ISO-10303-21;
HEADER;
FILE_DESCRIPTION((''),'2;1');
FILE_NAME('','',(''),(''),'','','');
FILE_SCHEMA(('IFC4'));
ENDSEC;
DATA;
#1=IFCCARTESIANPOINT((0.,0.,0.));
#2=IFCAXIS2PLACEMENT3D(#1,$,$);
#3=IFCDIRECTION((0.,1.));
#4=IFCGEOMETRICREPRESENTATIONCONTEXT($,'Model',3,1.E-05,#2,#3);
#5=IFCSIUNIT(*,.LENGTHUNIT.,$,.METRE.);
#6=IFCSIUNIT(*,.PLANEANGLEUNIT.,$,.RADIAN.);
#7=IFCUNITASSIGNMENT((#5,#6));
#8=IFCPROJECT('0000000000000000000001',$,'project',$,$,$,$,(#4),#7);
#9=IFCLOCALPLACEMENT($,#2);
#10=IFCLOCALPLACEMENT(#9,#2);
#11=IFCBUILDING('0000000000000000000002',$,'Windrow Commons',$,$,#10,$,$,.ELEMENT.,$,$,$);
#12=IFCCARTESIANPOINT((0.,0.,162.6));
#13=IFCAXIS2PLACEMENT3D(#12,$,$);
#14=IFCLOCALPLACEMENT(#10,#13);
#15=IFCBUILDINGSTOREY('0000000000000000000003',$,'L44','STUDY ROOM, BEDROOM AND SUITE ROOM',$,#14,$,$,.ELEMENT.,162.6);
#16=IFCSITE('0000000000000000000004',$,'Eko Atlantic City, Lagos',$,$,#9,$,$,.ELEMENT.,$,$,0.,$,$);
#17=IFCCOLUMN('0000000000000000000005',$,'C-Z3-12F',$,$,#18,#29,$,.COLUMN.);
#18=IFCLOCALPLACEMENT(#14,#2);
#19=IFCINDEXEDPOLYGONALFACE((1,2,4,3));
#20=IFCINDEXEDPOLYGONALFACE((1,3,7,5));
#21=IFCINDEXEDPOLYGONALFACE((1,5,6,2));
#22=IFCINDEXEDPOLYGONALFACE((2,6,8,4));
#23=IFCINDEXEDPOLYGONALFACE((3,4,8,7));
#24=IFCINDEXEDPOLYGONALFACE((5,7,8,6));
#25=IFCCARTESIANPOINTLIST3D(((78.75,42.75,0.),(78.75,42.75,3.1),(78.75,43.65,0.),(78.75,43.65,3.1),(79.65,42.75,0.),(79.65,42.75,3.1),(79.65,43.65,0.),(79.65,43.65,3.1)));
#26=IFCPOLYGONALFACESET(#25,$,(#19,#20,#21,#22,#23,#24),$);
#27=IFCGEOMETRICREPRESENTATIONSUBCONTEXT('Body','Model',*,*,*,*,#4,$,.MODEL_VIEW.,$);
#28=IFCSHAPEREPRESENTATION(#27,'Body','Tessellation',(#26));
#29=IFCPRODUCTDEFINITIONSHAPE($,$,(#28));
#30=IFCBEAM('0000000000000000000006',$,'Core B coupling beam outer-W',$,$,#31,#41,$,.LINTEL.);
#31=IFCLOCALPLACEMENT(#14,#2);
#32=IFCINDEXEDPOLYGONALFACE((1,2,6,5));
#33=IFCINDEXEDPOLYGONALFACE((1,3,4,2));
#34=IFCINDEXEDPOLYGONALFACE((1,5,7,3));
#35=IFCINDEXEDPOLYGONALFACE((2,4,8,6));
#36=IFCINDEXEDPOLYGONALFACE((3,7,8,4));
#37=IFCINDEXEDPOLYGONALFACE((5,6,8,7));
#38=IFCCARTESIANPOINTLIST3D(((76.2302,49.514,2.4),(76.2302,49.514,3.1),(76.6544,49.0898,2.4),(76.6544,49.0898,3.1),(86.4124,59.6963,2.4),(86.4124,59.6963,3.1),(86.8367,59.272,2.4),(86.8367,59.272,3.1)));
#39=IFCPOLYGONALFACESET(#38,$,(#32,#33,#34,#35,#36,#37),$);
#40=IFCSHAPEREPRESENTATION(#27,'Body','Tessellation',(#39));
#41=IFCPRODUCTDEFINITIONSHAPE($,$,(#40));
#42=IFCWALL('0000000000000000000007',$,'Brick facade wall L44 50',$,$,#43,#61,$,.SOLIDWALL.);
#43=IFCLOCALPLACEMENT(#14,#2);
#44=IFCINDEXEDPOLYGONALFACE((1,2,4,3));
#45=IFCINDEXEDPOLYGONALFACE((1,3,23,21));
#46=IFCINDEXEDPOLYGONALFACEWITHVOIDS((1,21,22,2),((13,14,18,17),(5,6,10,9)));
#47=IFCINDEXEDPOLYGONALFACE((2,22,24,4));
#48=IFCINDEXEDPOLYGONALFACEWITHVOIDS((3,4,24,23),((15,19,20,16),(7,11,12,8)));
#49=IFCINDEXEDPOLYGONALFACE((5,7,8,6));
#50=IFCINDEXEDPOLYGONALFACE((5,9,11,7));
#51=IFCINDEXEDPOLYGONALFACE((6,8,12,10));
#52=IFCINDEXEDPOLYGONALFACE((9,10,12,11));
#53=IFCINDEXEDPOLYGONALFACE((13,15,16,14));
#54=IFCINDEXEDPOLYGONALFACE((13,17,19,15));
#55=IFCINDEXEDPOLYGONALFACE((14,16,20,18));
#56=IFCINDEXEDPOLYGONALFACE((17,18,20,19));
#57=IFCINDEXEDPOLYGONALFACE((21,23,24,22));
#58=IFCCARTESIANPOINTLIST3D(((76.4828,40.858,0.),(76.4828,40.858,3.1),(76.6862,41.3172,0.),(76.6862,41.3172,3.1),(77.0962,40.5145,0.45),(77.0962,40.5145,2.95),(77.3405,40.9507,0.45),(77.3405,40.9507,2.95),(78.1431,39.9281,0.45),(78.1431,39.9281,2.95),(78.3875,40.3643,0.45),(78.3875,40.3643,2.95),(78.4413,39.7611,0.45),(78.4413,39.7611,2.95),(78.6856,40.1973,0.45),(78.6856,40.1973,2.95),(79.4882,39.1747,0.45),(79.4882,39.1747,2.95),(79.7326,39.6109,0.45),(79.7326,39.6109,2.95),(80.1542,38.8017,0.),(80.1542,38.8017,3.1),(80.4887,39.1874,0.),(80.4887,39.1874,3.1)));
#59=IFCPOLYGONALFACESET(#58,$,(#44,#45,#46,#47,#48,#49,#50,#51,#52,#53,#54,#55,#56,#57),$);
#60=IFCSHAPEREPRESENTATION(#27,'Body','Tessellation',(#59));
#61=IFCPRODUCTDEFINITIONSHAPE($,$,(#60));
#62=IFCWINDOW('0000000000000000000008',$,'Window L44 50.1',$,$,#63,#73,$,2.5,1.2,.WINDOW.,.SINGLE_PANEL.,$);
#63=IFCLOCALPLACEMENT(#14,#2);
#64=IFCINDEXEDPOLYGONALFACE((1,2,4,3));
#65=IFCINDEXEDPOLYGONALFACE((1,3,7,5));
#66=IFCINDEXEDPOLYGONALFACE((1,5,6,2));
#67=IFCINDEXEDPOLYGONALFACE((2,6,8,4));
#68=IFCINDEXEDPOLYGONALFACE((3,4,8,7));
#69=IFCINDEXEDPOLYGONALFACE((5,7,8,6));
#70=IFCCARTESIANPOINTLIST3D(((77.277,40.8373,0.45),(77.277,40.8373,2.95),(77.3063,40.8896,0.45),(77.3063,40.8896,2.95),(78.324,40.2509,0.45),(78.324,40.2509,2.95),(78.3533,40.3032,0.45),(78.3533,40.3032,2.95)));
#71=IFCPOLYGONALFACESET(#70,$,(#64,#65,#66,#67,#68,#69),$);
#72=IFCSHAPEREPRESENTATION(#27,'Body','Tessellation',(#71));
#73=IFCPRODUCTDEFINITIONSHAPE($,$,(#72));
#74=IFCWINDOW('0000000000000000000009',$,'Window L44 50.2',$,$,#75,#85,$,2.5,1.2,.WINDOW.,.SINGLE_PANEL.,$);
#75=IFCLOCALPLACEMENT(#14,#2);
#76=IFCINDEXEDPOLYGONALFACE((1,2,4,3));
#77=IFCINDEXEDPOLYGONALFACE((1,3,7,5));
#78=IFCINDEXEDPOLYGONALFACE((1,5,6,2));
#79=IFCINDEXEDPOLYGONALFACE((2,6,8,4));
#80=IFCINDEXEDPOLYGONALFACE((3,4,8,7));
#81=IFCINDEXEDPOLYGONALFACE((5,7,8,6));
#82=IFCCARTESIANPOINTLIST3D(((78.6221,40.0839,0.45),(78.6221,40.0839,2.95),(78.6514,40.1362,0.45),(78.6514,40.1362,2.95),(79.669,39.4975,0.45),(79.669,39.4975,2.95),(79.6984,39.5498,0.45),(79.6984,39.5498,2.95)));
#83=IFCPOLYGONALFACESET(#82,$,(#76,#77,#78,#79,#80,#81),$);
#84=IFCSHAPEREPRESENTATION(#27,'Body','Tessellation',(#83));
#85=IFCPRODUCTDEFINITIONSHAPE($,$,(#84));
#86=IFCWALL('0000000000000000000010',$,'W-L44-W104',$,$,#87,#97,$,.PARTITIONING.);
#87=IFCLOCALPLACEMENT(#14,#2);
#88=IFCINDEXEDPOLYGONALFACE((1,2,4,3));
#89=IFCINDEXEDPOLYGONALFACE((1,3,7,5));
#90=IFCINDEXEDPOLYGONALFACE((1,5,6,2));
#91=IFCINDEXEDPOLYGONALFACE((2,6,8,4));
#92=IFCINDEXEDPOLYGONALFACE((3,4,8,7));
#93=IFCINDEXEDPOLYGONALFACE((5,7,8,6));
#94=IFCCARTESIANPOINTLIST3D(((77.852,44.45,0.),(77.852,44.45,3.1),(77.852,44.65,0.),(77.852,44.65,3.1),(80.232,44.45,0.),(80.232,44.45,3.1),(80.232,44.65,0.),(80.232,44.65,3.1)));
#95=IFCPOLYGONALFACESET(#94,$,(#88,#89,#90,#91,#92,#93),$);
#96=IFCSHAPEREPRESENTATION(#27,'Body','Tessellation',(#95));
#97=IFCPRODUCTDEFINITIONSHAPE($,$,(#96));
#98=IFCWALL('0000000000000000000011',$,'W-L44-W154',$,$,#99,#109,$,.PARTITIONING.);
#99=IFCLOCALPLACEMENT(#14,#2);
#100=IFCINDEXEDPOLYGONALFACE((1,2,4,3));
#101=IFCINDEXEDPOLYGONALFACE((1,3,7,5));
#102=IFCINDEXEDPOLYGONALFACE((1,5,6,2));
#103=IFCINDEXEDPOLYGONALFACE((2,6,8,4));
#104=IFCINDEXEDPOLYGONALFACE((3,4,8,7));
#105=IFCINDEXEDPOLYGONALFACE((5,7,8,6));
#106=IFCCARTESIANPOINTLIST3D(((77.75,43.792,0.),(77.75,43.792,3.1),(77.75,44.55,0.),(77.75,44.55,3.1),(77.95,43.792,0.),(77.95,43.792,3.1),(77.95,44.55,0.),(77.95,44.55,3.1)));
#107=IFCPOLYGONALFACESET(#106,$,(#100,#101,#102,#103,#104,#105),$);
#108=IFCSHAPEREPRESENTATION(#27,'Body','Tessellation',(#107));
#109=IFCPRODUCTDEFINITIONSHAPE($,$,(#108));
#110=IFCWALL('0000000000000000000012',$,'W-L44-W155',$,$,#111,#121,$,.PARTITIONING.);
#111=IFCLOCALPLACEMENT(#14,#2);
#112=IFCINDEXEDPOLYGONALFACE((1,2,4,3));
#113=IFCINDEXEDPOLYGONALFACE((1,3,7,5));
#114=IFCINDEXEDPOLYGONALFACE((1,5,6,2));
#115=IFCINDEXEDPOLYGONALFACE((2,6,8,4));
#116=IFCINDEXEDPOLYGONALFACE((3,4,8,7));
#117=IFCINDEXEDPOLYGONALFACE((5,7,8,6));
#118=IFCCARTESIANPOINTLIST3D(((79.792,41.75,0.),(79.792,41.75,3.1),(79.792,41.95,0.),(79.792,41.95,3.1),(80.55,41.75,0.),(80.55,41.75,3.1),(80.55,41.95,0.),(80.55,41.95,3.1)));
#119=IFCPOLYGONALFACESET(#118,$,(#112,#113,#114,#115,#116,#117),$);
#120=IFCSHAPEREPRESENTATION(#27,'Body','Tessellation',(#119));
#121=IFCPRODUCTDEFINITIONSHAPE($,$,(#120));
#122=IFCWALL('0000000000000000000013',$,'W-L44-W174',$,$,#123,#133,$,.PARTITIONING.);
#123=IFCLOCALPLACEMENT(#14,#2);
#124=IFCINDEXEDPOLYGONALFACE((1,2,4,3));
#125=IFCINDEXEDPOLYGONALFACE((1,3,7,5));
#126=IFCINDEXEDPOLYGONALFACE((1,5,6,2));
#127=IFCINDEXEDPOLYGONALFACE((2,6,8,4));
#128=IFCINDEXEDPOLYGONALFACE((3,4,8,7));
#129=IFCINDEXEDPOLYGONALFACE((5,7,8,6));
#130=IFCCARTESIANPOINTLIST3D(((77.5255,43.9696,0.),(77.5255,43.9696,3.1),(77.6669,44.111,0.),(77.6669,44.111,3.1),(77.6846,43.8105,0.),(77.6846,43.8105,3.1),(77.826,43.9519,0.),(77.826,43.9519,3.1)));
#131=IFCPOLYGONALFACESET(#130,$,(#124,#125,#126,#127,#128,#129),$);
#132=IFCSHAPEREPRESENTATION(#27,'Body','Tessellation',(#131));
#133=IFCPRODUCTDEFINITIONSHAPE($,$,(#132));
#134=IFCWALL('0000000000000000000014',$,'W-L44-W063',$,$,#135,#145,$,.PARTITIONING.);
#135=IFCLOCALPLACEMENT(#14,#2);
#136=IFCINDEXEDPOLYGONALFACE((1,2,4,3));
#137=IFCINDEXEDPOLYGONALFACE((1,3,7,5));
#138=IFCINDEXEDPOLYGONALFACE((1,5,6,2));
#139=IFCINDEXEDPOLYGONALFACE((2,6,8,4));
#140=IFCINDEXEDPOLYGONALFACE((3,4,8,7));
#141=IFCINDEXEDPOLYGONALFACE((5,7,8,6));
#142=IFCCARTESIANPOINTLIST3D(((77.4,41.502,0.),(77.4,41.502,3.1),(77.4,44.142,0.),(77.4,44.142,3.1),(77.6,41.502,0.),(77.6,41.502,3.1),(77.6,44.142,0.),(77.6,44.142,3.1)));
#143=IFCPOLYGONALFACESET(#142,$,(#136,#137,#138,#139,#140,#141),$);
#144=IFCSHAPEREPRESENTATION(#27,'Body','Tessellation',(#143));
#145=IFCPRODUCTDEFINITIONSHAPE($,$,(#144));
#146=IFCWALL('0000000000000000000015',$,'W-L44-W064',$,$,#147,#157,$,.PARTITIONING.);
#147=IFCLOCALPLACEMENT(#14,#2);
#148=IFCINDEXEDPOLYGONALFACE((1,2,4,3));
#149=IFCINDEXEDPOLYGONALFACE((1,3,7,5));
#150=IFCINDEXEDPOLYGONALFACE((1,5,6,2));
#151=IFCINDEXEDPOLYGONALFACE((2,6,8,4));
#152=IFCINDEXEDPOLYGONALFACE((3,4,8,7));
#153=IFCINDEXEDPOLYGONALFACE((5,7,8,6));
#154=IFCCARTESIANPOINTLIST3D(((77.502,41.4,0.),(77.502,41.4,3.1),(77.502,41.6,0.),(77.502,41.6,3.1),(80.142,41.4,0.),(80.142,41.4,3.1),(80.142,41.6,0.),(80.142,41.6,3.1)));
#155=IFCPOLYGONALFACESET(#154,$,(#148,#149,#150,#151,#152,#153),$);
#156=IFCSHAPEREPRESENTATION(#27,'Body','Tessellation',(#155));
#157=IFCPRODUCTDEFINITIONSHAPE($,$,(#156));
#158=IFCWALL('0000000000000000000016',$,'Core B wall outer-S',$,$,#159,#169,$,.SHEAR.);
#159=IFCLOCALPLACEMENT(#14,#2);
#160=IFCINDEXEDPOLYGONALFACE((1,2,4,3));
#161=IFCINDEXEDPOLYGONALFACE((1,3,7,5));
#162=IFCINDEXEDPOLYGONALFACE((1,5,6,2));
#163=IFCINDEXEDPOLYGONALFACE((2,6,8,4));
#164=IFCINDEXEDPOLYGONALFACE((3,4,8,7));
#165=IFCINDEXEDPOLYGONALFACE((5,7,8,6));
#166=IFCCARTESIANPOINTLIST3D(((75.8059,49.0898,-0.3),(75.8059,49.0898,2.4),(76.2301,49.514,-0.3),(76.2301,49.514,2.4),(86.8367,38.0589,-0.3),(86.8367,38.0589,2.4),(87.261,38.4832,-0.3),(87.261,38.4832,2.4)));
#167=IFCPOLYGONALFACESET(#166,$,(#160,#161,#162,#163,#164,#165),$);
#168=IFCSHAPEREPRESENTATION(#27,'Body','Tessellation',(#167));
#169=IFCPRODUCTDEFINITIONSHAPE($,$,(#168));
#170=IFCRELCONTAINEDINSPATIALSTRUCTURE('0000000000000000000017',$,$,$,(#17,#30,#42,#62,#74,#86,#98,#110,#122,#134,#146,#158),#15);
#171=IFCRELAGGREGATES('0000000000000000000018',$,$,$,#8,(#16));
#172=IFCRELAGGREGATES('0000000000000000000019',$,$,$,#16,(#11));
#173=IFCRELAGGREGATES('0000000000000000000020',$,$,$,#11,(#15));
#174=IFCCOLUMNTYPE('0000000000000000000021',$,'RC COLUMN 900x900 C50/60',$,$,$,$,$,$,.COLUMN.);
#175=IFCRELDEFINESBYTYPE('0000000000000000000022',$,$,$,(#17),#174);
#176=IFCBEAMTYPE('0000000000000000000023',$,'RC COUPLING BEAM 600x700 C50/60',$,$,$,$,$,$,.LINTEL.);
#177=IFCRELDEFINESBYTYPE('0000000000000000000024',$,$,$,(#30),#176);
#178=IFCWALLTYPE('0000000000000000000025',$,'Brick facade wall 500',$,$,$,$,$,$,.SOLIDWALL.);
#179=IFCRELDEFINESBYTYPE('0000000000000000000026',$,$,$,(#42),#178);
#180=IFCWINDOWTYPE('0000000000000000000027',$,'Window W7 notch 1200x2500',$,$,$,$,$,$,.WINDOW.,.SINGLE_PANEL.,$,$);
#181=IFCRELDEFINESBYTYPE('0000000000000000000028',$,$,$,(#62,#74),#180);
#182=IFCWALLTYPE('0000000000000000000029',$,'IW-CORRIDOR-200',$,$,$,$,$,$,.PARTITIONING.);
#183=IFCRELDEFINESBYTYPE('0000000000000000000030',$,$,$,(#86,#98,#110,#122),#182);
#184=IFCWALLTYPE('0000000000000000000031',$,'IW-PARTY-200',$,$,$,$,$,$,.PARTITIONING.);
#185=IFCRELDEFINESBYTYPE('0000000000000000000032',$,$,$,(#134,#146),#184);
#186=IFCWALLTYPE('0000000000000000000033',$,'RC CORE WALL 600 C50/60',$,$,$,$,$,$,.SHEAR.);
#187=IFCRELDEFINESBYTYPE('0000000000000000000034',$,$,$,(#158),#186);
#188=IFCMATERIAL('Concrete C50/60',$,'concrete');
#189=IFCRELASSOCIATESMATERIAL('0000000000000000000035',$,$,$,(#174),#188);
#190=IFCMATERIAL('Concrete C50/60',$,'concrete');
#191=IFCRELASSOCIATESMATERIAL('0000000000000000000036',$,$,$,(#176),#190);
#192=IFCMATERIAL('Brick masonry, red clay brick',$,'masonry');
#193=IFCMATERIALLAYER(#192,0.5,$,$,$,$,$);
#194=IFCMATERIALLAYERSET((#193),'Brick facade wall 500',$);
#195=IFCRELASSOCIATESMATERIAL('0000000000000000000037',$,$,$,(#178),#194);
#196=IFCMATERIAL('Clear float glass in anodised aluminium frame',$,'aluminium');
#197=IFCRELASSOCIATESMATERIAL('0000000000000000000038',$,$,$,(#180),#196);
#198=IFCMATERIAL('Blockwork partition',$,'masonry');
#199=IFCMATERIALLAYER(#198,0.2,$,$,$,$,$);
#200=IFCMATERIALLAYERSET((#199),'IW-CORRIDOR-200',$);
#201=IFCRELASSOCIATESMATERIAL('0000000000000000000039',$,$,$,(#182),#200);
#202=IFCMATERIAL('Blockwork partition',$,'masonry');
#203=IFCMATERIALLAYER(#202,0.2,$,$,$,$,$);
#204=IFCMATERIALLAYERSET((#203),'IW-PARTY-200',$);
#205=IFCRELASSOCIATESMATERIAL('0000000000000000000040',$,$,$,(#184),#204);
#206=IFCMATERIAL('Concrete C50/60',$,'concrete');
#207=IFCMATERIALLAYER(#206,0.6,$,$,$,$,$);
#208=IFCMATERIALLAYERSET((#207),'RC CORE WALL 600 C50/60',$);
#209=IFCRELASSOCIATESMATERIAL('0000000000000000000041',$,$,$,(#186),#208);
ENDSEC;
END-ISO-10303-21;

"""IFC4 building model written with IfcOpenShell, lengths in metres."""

from ifc_helpers import new_model, si_unit, direction, frame, frame_2d, origin, origin_2d, place, context, subcontext, project, spatial, polyline, rectangle, outline, extrude, material, layer, layer_set, material_profile, profile_set, type_object, element, fill, save


model = new_model("IFC4")

# Units and contexts
model_context = context("Model", 3, precision=1e-05, world=origin(), true_north=direction((0.0, 1.0)))
body_context = subcontext(model_context, "Body", "Model", "MODEL_VIEW")
ifc_project = project(units=[si_unit("LENGTHUNIT", "METRE"), si_unit("PLANEANGLEUNIT", "RADIAN")], contexts=[model_context])

# Site, building, storey
site_placement = place(None, origin())
site = spatial("IfcSite", under=ifc_project, at=site_placement, Name="Eko Atlantic City, Lagos", CompositionType="ELEMENT", RefElevation=0.0)
building_placement = place(site_placement, origin())
building = spatial("IfcBuilding", under=site, at=building_placement, Name="Windrow Commons", CompositionType="ELEMENT")
storey_placement = place(building_placement, frame((0.0, 0.0, 162.6)))
storey = spatial("IfcBuildingStorey", under=building, at=storey_placement, Name="L44", Description="STUDY ROOM, BEDROOM AND SUITE ROOM", CompositionType="ELEMENT", Elevation=162.6)

# Column
ifc_material_1 = material(Name="Concrete C50/60", Category="concrete")
ifc_material_profile_1 = material_profile(ifc_material_1, rectangle(XDim=0.9, YDim=0.9, at=origin_2d()))
ifc_profile_set_1 = profile_set([ifc_material_profile_1], Name="Concrete C50/60")
column_type = type_object("IfcColumnType", Name="RC COLUMN 900x900 C50/60", PredefinedType="COLUMN", material=ifc_profile_set_1)
column_placement = place(storey_placement, frame((79.2, 43.2, 0.0), z_axis=(0.0, 0.0, 1.0), x_axis=(1.0, 0.0, 0.0)))
element("IfcColumn", 1, at=column_placement, inside=storey, type_object=column_type, Name="C-Z3-12F", PredefinedType="COLUMN", context=body_context, shape_type="SweptSolid", body=[
    extrude(rectangle(XDim=0.9, YDim=0.9, at=origin_2d()), origin(), (0.0, 0.0, 1.0), 3.1),
])

# Beam
ifc_material_2 = material(Name="Concrete C50/60", Category="concrete")
ifc_material_profile_2 = material_profile(ifc_material_2, rectangle(XDim=0.6, YDim=0.7, at=origin_2d()))
ifc_profile_set_2 = profile_set([ifc_material_profile_2], Name="Concrete C50/60")
beam_type = type_object("IfcBeamType", Name="RC COUPLING BEAM 600x700 C50/60", PredefinedType="LINTEL", material=ifc_profile_set_2)
beam_placement = place(storey_placement, frame((76.4423, 49.3019, 2.75), z_axis=(0.707107, 0.707107, 0.0), x_axis=(-0.707107, 0.707107, 0.0)))
element("IfcBeam", 2, at=beam_placement, inside=storey, type_object=beam_type, Name="Core B coupling beam outer-W", PredefinedType="LINTEL", context=body_context, shape_type="SweptSolid", body=[
    extrude(rectangle(XDim=0.6, YDim=0.7, at=origin_2d()), origin(), (0.0, 0.0, 1.0), 14.3999),
])

# Wall, openings, windows
ifc_material_3 = material(Name="Brick masonry, red clay brick", Category="masonry")
ifc_layer_1 = layer(ifc_material_3, 0.5)
ifc_layer_set_1 = layer_set([ifc_layer_1], Name="Brick facade wall 500")
wall_type_1 = type_object("IfcWallType", Name="Brick facade wall 500", PredefinedType="SOLIDWALL", material=ifc_layer_set_1)
wall_1_placement = place(storey_placement, frame((76.5845, 41.0876, 0.0), z_axis=(0.0, 0.0, 1.0), x_axis=(0.872468, -0.488671, 0.0)))
wall_1 = element("IfcWall", 3, at=wall_1_placement, inside=storey, type_object=wall_type_1, Name="Brick facade wall L44 50", PredefinedType="SOLIDWALL", context=body_context, shape_type="SweptSolid", body=[
    extrude(outline(polyline([(0.0235, -0.25), (4.2315, -0.25), (4.3349, 0.25), (-0.0235, 0.25), (0.0235, -0.25)])), origin(), (0.0, 0.0, 1.0), 3.1),
])
opening_1_placement = place(wall_1_placement, frame((0.7265, 0.0, 0.45)))
opening_1 = element("IfcOpeningElement", 4, at=opening_1_placement, cuts=wall_1, PredefinedType="OPENING", context=body_context, shape_type="SweptSolid", body=[
    extrude(rectangle(XDim=1.2, YDim=2.5, at=frame_2d((0.6, 1.25))), frame((0.0, 0.26, 0.0), z_axis=(0.0, -1.0, 0.0), x_axis=(1.0, 0.0, 0.0)), (0.0, 0.0, 1.0), 0.52),
])
opening_2_placement = place(wall_1_placement, frame((2.2682, 0.0, 0.45)))
opening_2 = element("IfcOpeningElement", 5, at=opening_2_placement, cuts=wall_1, PredefinedType="OPENING", context=body_context, shape_type="SweptSolid", body=[
    extrude(rectangle(XDim=1.2, YDim=2.5, at=frame_2d((0.6, 1.25))), frame((0.0, 0.26, 0.0), z_axis=(0.0, -1.0, 0.0), x_axis=(1.0, 0.0, 0.0)), (0.0, 0.0, 1.0), 0.52),
])
ifc_material_4 = material(Name="Clear float glass in anodised aluminium frame", Category="aluminium")
window_type = type_object("IfcWindowType", Name="Window W7 notch 1200x2500", PartitioningType="SINGLE_PANEL", PredefinedType="WINDOW", material=ifc_material_4)
window_1_placement = place(opening_1_placement, origin())
window_1 = element("IfcWindow", 6, at=window_1_placement, inside=storey, type_object=window_type, Name="Window L44 50.1", OverallHeight=2.5, OverallWidth=1.2, PartitioningType="SINGLE_PANEL", PredefinedType="WINDOW", context=body_context, shape_type="SweptSolid", body=[
    extrude(rectangle(XDim=1.2, YDim=2.5, at=frame_2d((0.6, 1.25))), frame((0.0, 0.18, 0.0), z_axis=(0.0, -1.0, 0.0), x_axis=(1.0, 0.0, 0.0)), (0.0, 0.0, 1.0), 0.06),
])
fill(opening_1, window_1)
window_2_placement = place(opening_2_placement, origin())
window_2 = element("IfcWindow", 7, at=window_2_placement, inside=storey, type_object=window_type, Name="Window L44 50.2", OverallHeight=2.5, OverallWidth=1.2, PartitioningType="SINGLE_PANEL", PredefinedType="WINDOW", context=body_context, shape_type="SweptSolid", body=[
    extrude(rectangle(XDim=1.2, YDim=2.5, at=frame_2d((0.6, 1.25))), frame((0.0, 0.18, 0.0), z_axis=(0.0, -1.0, 0.0), x_axis=(1.0, 0.0, 0.0)), (0.0, 0.0, 1.0), 0.06),
])
fill(opening_2, window_2)

# Walls
ifc_material_5 = material(Name="Blockwork partition", Category="masonry")
ifc_layer_2 = layer(ifc_material_5, 0.2)
ifc_layer_set_2 = layer_set([ifc_layer_2], Name="IW-CORRIDOR-200")
wall_type_2 = type_object("IfcWallType", Name="IW-CORRIDOR-200", PredefinedType="PARTITIONING", material=ifc_layer_set_2)
wall_2_placement = place(storey_placement, frame((77.852, 44.55, 0.0), z_axis=(0.0, 0.0, 1.0), x_axis=(1.0, 0.0, 0.0)))
element("IfcWall", 8, at=wall_2_placement, inside=storey, type_object=wall_type_2, Name="W-L44-W104", PredefinedType="PARTITIONING", context=body_context, shape_type="SweptSolid", body=[
    extrude(rectangle(XDim=2.38, YDim=0.2, at=frame_2d((1.19, 0.0))), origin(), (0.0, 0.0, 1.0), 3.1),
])
for number, where, z_axis, x_axis, name in (
    (9, (77.85, 43.792, 0.0), (0.0, 0.0, 1.0), (0.0, 1.0, 0.0), "W-L44-W154"),
    (10, (79.792, 41.85, 0.0), (0.0, 0.0, 1.0), (1.0, 0.0, 0.0), "W-L44-W155"),
):
    element("IfcWall", number, at=place(storey_placement, frame(where, z_axis=z_axis, x_axis=x_axis)), inside=storey, type_object=wall_type_2, Name=name, PredefinedType="PARTITIONING", context=body_context, shape_type="SweptSolid", body=[
        extrude(rectangle(XDim=0.758, YDim=0.2, at=frame_2d((0.379, 0.0))), origin(), (0.0, 0.0, 1.0), 3.1),
    ])
wall_3_placement = place(storey_placement, frame((77.5962, 44.0403, 0.0), z_axis=(0.0, 0.0, 1.0), x_axis=(0.707107, -0.707107, 0.0)))
element("IfcWall", 11, at=wall_3_placement, inside=storey, type_object=wall_type_2, Name="W-L44-W174", PredefinedType="PARTITIONING", context=body_context, shape_type="SweptSolid", body=[
    extrude(rectangle(XDim=0.225, YDim=0.2, at=frame_2d((0.1125, 0.0))), origin(), (0.0, 0.0, 1.0), 3.1),
])
ifc_material_6 = material(Name="Blockwork partition", Category="masonry")
ifc_layer_3 = layer(ifc_material_6, 0.2)
ifc_layer_set_3 = layer_set([ifc_layer_3], Name="IW-PARTY-200")
wall_type_3 = type_object("IfcWallType", Name="IW-PARTY-200", PredefinedType="PARTITIONING", material=ifc_layer_set_3)
for number, where, z_axis, x_axis, name in (
    (12, (77.5, 41.502, 0.0), (0.0, 0.0, 1.0), (0.0, 1.0, 0.0), "W-L44-W063"),
    (13, (77.502, 41.5, 0.0), (0.0, 0.0, 1.0), (1.0, 0.0, 0.0), "W-L44-W064"),
):
    element("IfcWall", number, at=place(storey_placement, frame(where, z_axis=z_axis, x_axis=x_axis)), inside=storey, type_object=wall_type_3, Name=name, PredefinedType="PARTITIONING", context=body_context, shape_type="SweptSolid", body=[
        extrude(rectangle(XDim=2.64, YDim=0.2, at=frame_2d((1.32, 0.0))), origin(), (0.0, 0.0, 1.0), 3.1),
    ])
ifc_material_7 = material(Name="Concrete C50/60", Category="concrete")
ifc_layer_4 = layer(ifc_material_7, 0.6)
ifc_layer_set_4 = layer_set([ifc_layer_4], Name="RC CORE WALL 600 C50/60")
wall_type_4 = type_object("IfcWallType", Name="RC CORE WALL 600 C50/60", PredefinedType="SHEAR", material=ifc_layer_set_4)
wall_4_placement = place(storey_placement, frame((76.018, 49.3019, -0.3), z_axis=(0.0, 0.0, 1.0), x_axis=(0.707107, -0.707107, 0.0)))
element("IfcWall", 14, at=wall_4_placement, inside=storey, type_object=wall_type_4, Name="Core B wall outer-S", PredefinedType="SHEAR", context=body_context, shape_type="SweptSolid", body=[
    extrude(rectangle(XDim=15.6, YDim=0.6, at=frame_2d((7.8, 0.0))), origin(), (0.0, 0.0, 1.0), 2.7),
])

save(model, "model.ifc")
